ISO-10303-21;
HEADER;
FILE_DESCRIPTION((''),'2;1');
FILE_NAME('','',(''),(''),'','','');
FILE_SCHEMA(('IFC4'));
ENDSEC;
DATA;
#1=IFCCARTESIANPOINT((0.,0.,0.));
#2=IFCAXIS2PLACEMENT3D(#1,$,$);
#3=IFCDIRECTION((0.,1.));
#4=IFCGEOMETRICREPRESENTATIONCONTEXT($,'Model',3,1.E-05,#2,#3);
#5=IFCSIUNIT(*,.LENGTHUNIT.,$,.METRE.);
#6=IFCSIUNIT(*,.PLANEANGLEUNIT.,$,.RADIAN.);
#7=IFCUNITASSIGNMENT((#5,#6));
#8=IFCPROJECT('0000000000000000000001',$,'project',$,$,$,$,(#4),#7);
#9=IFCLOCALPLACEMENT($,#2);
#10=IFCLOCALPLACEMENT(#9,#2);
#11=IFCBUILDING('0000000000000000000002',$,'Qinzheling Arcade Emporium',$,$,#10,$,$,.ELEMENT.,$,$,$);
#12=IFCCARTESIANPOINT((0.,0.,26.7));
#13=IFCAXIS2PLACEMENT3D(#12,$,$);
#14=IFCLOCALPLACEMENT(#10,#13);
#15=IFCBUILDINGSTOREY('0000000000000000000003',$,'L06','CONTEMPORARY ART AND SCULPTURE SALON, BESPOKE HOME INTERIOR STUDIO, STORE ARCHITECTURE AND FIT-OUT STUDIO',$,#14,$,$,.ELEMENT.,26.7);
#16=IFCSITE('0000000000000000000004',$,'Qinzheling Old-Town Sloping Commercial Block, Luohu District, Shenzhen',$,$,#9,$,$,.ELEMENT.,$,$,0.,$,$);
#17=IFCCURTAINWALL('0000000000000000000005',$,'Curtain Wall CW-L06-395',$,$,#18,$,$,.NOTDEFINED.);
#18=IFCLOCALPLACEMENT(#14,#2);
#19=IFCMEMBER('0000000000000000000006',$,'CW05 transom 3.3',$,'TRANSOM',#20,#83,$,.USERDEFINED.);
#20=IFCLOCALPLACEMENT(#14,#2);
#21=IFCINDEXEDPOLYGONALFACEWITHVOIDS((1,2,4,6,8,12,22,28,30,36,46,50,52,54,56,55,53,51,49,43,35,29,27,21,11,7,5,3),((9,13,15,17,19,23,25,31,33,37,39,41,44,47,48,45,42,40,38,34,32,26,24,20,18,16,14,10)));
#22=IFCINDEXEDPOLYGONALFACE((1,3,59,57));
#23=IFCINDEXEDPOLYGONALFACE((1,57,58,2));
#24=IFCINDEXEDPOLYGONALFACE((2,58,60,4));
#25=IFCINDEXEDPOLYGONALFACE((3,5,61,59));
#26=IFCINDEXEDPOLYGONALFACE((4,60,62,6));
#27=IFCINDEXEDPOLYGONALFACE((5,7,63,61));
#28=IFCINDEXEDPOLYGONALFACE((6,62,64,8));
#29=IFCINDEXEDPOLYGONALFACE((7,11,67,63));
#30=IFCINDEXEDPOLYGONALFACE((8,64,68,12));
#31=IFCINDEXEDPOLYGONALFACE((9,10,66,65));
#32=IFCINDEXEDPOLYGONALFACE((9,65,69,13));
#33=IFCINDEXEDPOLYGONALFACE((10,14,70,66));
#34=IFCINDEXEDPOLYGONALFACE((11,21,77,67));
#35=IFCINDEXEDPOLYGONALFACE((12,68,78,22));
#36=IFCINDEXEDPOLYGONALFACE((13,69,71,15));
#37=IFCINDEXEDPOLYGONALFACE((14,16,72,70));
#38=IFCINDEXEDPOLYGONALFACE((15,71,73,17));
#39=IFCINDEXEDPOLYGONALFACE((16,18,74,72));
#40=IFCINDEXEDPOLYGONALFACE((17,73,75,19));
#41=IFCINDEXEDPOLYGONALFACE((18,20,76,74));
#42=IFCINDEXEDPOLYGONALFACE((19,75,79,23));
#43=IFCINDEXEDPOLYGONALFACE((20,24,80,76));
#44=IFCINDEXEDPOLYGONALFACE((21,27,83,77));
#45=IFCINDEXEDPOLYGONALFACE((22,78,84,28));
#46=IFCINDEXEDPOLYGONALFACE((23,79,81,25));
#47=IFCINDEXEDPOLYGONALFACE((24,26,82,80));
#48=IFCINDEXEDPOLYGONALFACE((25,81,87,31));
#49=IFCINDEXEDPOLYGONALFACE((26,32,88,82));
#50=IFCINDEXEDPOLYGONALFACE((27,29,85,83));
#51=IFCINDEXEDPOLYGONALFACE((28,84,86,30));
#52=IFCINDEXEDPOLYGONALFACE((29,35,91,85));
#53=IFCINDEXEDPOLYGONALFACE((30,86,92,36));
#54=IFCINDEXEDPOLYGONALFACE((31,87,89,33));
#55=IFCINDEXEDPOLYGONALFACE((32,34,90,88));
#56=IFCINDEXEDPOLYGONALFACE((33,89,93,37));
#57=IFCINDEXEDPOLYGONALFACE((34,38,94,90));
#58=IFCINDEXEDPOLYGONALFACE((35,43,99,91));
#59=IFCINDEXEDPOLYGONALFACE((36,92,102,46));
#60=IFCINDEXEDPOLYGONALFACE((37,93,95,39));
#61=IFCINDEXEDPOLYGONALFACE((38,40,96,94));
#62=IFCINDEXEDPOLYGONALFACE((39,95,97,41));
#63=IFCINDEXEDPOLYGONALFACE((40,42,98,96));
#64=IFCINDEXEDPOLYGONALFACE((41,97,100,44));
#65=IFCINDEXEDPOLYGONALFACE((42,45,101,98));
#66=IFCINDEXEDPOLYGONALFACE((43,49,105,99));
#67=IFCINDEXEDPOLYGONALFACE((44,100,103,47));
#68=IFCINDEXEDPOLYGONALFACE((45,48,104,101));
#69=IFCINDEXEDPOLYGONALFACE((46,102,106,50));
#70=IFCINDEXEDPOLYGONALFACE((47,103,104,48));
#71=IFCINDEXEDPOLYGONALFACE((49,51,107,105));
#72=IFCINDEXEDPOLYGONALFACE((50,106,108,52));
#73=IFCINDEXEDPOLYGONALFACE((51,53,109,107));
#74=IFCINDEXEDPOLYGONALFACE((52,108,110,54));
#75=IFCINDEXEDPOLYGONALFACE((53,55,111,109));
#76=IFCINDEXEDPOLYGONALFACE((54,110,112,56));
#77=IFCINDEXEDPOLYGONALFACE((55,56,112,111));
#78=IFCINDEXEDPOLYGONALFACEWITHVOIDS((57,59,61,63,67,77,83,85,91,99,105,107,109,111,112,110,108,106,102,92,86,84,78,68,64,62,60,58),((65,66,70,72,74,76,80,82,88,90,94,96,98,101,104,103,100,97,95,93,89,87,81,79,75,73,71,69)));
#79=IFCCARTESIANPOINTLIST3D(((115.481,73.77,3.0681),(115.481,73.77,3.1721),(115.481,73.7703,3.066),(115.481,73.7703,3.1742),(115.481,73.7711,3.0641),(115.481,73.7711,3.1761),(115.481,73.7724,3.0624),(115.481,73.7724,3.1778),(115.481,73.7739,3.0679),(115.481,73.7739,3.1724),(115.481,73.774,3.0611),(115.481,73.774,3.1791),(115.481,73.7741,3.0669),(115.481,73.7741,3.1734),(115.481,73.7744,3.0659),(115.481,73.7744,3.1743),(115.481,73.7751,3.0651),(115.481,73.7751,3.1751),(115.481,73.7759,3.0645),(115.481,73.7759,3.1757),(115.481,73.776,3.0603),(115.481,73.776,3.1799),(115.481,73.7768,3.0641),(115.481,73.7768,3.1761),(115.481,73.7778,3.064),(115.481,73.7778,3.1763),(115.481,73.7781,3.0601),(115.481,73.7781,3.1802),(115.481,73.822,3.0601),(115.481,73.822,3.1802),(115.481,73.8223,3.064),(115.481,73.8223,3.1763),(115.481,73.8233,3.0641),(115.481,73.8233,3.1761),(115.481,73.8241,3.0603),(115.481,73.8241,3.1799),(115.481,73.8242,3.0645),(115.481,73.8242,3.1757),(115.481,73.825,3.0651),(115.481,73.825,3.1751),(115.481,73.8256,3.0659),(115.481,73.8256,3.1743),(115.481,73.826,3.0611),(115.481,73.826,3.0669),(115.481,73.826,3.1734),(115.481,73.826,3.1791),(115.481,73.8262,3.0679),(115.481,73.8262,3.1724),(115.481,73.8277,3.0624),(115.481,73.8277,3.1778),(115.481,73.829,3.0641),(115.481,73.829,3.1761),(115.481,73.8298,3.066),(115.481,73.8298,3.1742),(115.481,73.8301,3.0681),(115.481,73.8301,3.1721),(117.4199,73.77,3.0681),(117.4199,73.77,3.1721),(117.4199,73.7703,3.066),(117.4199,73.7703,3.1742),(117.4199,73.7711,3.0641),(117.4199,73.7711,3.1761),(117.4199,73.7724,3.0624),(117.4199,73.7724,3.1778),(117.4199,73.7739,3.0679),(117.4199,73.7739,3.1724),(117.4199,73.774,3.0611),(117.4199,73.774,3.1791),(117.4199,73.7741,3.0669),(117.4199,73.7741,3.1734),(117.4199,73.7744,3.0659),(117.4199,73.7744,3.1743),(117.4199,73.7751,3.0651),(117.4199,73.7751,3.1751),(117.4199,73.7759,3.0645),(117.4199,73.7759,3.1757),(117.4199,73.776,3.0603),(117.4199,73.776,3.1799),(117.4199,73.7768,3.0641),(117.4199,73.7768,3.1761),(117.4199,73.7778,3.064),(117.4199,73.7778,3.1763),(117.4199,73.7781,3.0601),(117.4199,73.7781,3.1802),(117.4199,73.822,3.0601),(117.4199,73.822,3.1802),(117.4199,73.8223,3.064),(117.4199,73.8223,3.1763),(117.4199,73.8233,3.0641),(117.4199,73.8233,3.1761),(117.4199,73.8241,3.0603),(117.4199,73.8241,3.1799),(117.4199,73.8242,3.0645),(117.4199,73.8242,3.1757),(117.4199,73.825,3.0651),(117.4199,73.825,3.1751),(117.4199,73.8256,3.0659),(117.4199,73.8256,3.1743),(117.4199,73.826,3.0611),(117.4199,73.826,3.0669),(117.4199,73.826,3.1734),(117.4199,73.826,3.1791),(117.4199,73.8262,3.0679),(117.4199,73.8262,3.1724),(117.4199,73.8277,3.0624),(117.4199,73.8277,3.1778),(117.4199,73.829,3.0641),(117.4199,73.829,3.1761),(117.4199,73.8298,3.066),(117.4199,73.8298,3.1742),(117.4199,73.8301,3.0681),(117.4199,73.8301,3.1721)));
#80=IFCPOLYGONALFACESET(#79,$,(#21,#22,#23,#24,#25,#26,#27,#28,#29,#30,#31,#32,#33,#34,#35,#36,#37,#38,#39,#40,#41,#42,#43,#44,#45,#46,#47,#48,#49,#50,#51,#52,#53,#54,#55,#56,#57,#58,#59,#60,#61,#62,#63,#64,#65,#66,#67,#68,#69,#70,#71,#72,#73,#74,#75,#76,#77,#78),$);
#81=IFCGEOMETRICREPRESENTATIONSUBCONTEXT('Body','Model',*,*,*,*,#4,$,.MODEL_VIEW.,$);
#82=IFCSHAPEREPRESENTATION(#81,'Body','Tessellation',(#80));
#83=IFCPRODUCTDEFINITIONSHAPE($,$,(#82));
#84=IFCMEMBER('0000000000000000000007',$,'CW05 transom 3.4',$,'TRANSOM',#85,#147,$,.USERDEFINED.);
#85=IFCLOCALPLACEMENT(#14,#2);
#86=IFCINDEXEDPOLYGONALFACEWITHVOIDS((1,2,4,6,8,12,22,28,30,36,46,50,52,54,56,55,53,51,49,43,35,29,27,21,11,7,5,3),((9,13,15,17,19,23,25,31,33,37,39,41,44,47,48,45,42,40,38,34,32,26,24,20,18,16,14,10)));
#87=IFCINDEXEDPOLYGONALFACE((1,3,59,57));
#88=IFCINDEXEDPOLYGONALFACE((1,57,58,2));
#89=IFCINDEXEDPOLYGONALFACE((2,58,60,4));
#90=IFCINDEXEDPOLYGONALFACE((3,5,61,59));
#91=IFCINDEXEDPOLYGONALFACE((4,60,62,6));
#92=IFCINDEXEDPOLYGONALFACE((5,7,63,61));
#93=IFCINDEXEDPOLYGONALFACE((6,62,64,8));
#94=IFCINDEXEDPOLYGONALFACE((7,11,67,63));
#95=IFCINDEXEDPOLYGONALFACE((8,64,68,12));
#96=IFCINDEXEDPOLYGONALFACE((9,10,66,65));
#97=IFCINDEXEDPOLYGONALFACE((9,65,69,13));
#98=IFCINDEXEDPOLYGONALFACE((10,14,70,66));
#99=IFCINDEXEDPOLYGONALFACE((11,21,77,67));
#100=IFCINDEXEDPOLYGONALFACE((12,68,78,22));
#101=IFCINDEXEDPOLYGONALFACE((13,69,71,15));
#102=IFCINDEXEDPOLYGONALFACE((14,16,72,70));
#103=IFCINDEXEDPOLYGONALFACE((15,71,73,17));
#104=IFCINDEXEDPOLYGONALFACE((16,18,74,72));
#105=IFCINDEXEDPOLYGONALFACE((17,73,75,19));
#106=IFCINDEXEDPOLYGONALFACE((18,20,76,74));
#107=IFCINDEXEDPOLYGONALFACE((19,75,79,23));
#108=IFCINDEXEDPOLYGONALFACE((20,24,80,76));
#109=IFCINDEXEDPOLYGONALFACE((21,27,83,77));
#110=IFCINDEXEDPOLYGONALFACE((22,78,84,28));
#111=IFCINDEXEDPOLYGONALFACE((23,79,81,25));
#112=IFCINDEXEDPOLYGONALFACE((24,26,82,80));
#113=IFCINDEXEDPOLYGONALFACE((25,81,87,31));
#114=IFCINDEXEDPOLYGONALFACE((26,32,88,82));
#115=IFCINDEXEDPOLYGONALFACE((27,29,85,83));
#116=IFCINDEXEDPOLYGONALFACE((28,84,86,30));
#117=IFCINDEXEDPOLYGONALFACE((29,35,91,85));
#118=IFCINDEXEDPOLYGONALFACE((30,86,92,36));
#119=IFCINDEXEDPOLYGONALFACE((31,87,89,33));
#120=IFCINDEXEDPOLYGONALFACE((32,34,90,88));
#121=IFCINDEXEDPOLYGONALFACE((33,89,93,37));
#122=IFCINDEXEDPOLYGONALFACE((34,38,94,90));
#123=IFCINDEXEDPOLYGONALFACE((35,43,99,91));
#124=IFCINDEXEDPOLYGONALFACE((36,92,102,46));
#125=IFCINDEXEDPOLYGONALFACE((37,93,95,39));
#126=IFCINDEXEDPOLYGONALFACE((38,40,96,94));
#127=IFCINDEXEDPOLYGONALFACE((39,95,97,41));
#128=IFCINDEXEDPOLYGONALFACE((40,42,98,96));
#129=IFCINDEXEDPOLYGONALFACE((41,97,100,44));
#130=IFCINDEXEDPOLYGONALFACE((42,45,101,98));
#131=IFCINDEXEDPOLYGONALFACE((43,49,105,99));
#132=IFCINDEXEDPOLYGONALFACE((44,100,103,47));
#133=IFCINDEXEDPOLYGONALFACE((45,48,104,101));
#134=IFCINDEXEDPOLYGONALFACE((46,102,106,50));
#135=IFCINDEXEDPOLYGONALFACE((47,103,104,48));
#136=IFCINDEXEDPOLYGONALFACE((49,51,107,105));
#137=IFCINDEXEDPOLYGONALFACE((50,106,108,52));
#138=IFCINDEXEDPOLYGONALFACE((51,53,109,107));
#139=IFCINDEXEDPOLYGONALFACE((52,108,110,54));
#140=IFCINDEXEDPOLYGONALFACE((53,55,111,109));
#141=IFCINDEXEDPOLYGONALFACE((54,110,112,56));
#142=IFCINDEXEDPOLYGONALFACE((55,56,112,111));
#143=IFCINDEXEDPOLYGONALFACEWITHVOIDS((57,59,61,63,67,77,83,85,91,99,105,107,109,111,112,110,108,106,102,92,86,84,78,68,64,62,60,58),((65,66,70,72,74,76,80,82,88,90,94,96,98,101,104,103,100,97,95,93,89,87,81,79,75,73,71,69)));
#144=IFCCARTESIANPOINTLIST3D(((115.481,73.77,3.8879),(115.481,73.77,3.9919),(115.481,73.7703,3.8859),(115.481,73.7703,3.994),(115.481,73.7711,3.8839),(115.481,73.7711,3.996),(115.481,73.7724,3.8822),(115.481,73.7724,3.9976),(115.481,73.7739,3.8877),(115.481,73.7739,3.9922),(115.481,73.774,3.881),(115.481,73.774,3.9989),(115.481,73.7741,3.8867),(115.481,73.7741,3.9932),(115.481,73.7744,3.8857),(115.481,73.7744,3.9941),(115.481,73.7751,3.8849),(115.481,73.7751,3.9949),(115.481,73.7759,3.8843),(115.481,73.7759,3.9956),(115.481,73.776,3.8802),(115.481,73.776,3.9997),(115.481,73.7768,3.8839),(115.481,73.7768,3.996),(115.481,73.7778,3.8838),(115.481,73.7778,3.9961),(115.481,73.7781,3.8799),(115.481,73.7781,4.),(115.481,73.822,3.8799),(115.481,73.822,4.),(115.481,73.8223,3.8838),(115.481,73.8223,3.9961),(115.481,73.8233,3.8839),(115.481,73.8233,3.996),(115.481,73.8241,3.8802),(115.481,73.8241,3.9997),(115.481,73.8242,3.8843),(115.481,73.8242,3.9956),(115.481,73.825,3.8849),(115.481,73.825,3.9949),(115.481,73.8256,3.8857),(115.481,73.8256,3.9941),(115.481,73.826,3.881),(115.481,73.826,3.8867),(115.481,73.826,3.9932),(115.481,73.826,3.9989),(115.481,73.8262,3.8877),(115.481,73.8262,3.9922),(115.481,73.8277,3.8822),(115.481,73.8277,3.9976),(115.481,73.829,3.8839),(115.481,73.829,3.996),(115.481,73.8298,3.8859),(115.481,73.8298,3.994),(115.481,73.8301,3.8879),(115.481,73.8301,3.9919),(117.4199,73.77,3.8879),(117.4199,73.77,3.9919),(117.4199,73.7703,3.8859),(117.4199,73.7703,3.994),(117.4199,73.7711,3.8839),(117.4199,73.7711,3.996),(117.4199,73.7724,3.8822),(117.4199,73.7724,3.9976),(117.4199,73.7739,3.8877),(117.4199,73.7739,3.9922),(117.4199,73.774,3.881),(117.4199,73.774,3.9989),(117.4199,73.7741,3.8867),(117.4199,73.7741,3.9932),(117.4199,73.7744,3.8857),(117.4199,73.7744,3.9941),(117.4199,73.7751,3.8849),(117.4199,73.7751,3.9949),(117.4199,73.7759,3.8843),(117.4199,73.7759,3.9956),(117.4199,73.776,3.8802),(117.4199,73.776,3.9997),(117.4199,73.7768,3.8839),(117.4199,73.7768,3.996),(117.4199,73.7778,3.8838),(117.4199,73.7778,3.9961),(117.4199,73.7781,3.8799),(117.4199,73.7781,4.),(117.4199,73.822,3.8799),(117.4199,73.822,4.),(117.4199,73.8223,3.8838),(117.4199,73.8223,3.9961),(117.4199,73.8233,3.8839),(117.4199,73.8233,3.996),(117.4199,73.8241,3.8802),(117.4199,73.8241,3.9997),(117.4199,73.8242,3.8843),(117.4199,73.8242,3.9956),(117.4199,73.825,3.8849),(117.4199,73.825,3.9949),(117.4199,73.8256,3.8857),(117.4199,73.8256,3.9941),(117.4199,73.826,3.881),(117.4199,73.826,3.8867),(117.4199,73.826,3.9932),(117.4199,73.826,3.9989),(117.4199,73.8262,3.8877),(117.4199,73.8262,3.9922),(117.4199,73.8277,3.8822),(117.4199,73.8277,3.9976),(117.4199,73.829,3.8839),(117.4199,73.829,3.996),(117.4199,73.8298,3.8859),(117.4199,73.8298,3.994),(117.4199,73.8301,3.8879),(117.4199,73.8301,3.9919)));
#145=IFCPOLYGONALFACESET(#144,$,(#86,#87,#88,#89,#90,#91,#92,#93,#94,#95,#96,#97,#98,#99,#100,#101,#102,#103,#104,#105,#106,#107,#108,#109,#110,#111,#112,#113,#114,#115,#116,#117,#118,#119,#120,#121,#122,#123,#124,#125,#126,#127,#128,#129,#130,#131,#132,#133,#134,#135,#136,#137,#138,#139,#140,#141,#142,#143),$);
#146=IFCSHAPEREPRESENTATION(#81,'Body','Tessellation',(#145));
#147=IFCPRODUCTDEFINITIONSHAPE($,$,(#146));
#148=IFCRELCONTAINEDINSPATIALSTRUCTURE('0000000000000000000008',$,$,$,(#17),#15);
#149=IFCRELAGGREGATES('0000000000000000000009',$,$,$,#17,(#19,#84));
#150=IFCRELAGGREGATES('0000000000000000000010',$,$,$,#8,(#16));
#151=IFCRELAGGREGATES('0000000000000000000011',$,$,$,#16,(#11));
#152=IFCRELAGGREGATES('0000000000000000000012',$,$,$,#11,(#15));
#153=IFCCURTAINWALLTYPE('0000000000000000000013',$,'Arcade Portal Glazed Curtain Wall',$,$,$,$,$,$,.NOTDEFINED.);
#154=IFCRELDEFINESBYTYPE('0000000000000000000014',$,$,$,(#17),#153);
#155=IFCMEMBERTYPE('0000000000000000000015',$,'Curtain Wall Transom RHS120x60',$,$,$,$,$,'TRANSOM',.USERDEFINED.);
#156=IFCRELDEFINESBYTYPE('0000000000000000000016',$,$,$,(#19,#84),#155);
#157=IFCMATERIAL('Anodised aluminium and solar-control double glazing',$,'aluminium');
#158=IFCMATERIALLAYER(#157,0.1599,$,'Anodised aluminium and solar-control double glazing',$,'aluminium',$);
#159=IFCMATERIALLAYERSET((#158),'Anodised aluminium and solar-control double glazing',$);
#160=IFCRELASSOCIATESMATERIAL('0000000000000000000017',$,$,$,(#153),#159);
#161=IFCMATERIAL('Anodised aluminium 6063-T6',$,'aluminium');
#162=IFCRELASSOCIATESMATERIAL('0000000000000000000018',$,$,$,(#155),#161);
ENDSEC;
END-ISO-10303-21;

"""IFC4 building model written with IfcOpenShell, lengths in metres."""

from ifc_helpers import new_model, si_unit, direction, frame, origin, origin_2d, place, context, subcontext, project, spatial, hollow_rectangle, extrude, material, layer, layer_set, material_profile, profile_set, type_object, element, aggregate, save


model = new_model("IFC4")

# Units and contexts
model_context = context("Model", 3, precision=1e-05, world=origin(), true_north=direction((0.0, 1.0)))
body_context = subcontext(model_context, "Body", "Model", "MODEL_VIEW")
ifc_project = project(units=[si_unit("LENGTHUNIT", "METRE"), si_unit("PLANEANGLEUNIT", "RADIAN")], contexts=[model_context])

# Site, building, storey
site_placement = place(None, origin())
site = spatial("IfcSite", under=ifc_project, at=site_placement, Name="Qinzheling Old-Town Sloping Commercial Block, Luohu District, Shenzhen", CompositionType="ELEMENT", RefElevation=0.0)
building_placement = place(site_placement, origin())
building = spatial("IfcBuilding", under=site, at=building_placement, Name="Qinzheling Arcade Emporium", CompositionType="ELEMENT")
storey_placement = place(building_placement, frame((0.0, 0.0, 26.7)))
storey = spatial("IfcBuildingStorey", under=building, at=storey_placement, Name="L06", Description="CONTEMPORARY ART AND SCULPTURE SALON, BESPOKE HOME INTERIOR STUDIO, STORE ARCHITECTURE AND FIT-OUT STUDIO", CompositionType="ELEMENT", Elevation=26.7)

# Curtain wall
ifc_material_1 = material(Name="Anodised aluminium and solar-control double glazing", Category="aluminium")
ifc_layer_1 = layer(ifc_material_1, 0.1599, Name="Anodised aluminium and solar-control double glazing", Category="aluminium")
ifc_layer_set_1 = layer_set([ifc_layer_1], Name="Anodised aluminium and solar-control double glazing")
curtain_wall_type = type_object("IfcCurtainWallType", Name="Arcade Portal Glazed Curtain Wall", PredefinedType="NOTDEFINED", material=ifc_layer_set_1)
curtain_wall_1_placement = place(storey_placement, origin())
curtain_wall_1 = element("IfcCurtainWall", 1, at=curtain_wall_1_placement, inside=storey, type_object=curtain_wall_type, Name="Curtain Wall CW-L06-395", PredefinedType="NOTDEFINED")
ifc_material_2 = material(Name="Anodised aluminium 6063-T6", Category="aluminium")

# Members
ifc_material_profile_1 = material_profile(ifc_material_2, hollow_rectangle(XDim=0.0601, YDim=0.1201, WallThickness=0.0039, InnerFilletRadius=0.0039, OuterFilletRadius=0.0081, at=origin_2d()), Name="RHS 120x60x4", Category="aluminium")
ifc_profile_set_1 = profile_set([ifc_material_profile_1], Name="Anodised aluminium 6063-T6")
member_type_1 = type_object("IfcMemberType", Name="Curtain Wall Transom RHS120x60", ElementType="TRANSOM", PredefinedType="USERDEFINED", material=ifc_profile_set_1)
member_1_placement = place(storey_placement, frame((117.4199, 73.8, 3.1201), z_axis=(-1.0, 0.0, 0.0), x_axis=(0.0, -1.0, 0.0)))
member_1 = element("IfcMember", 2, at=member_1_placement, type_object=member_type_1, Name="CW05 transom 3.3", ObjectType="TRANSOM", PredefinedType="USERDEFINED", context=body_context, shape_type="SweptSolid", body=[
    extrude(hollow_rectangle(XDim=0.0601, YDim=0.1201, WallThickness=0.0039, InnerFilletRadius=0.0039, OuterFilletRadius=0.0081, at=origin_2d()), origin(), (0.0, 0.0, 1.0), 1.939),
])
member_2_placement = place(storey_placement, frame((117.4199, 73.8, 3.9399), z_axis=(-1.0, 0.0, 0.0), x_axis=(0.0, -1.0, 0.0)))
member_2 = element("IfcMember", 3, at=member_2_placement, type_object=member_type_1, Name="CW05 transom 3.4", ObjectType="TRANSOM", PredefinedType="USERDEFINED", context=body_context, shape_type="SweptSolid", body=[
    extrude(hollow_rectangle(XDim=0.0601, YDim=0.1201, WallThickness=0.0039, InnerFilletRadius=0.0039, OuterFilletRadius=0.0081, at=origin_2d()), origin(), (0.0, 0.0, 1.0), 1.939),
])

aggregate(curtain_wall_1, [member_1, member_2])

save(model, "model.ifc")
